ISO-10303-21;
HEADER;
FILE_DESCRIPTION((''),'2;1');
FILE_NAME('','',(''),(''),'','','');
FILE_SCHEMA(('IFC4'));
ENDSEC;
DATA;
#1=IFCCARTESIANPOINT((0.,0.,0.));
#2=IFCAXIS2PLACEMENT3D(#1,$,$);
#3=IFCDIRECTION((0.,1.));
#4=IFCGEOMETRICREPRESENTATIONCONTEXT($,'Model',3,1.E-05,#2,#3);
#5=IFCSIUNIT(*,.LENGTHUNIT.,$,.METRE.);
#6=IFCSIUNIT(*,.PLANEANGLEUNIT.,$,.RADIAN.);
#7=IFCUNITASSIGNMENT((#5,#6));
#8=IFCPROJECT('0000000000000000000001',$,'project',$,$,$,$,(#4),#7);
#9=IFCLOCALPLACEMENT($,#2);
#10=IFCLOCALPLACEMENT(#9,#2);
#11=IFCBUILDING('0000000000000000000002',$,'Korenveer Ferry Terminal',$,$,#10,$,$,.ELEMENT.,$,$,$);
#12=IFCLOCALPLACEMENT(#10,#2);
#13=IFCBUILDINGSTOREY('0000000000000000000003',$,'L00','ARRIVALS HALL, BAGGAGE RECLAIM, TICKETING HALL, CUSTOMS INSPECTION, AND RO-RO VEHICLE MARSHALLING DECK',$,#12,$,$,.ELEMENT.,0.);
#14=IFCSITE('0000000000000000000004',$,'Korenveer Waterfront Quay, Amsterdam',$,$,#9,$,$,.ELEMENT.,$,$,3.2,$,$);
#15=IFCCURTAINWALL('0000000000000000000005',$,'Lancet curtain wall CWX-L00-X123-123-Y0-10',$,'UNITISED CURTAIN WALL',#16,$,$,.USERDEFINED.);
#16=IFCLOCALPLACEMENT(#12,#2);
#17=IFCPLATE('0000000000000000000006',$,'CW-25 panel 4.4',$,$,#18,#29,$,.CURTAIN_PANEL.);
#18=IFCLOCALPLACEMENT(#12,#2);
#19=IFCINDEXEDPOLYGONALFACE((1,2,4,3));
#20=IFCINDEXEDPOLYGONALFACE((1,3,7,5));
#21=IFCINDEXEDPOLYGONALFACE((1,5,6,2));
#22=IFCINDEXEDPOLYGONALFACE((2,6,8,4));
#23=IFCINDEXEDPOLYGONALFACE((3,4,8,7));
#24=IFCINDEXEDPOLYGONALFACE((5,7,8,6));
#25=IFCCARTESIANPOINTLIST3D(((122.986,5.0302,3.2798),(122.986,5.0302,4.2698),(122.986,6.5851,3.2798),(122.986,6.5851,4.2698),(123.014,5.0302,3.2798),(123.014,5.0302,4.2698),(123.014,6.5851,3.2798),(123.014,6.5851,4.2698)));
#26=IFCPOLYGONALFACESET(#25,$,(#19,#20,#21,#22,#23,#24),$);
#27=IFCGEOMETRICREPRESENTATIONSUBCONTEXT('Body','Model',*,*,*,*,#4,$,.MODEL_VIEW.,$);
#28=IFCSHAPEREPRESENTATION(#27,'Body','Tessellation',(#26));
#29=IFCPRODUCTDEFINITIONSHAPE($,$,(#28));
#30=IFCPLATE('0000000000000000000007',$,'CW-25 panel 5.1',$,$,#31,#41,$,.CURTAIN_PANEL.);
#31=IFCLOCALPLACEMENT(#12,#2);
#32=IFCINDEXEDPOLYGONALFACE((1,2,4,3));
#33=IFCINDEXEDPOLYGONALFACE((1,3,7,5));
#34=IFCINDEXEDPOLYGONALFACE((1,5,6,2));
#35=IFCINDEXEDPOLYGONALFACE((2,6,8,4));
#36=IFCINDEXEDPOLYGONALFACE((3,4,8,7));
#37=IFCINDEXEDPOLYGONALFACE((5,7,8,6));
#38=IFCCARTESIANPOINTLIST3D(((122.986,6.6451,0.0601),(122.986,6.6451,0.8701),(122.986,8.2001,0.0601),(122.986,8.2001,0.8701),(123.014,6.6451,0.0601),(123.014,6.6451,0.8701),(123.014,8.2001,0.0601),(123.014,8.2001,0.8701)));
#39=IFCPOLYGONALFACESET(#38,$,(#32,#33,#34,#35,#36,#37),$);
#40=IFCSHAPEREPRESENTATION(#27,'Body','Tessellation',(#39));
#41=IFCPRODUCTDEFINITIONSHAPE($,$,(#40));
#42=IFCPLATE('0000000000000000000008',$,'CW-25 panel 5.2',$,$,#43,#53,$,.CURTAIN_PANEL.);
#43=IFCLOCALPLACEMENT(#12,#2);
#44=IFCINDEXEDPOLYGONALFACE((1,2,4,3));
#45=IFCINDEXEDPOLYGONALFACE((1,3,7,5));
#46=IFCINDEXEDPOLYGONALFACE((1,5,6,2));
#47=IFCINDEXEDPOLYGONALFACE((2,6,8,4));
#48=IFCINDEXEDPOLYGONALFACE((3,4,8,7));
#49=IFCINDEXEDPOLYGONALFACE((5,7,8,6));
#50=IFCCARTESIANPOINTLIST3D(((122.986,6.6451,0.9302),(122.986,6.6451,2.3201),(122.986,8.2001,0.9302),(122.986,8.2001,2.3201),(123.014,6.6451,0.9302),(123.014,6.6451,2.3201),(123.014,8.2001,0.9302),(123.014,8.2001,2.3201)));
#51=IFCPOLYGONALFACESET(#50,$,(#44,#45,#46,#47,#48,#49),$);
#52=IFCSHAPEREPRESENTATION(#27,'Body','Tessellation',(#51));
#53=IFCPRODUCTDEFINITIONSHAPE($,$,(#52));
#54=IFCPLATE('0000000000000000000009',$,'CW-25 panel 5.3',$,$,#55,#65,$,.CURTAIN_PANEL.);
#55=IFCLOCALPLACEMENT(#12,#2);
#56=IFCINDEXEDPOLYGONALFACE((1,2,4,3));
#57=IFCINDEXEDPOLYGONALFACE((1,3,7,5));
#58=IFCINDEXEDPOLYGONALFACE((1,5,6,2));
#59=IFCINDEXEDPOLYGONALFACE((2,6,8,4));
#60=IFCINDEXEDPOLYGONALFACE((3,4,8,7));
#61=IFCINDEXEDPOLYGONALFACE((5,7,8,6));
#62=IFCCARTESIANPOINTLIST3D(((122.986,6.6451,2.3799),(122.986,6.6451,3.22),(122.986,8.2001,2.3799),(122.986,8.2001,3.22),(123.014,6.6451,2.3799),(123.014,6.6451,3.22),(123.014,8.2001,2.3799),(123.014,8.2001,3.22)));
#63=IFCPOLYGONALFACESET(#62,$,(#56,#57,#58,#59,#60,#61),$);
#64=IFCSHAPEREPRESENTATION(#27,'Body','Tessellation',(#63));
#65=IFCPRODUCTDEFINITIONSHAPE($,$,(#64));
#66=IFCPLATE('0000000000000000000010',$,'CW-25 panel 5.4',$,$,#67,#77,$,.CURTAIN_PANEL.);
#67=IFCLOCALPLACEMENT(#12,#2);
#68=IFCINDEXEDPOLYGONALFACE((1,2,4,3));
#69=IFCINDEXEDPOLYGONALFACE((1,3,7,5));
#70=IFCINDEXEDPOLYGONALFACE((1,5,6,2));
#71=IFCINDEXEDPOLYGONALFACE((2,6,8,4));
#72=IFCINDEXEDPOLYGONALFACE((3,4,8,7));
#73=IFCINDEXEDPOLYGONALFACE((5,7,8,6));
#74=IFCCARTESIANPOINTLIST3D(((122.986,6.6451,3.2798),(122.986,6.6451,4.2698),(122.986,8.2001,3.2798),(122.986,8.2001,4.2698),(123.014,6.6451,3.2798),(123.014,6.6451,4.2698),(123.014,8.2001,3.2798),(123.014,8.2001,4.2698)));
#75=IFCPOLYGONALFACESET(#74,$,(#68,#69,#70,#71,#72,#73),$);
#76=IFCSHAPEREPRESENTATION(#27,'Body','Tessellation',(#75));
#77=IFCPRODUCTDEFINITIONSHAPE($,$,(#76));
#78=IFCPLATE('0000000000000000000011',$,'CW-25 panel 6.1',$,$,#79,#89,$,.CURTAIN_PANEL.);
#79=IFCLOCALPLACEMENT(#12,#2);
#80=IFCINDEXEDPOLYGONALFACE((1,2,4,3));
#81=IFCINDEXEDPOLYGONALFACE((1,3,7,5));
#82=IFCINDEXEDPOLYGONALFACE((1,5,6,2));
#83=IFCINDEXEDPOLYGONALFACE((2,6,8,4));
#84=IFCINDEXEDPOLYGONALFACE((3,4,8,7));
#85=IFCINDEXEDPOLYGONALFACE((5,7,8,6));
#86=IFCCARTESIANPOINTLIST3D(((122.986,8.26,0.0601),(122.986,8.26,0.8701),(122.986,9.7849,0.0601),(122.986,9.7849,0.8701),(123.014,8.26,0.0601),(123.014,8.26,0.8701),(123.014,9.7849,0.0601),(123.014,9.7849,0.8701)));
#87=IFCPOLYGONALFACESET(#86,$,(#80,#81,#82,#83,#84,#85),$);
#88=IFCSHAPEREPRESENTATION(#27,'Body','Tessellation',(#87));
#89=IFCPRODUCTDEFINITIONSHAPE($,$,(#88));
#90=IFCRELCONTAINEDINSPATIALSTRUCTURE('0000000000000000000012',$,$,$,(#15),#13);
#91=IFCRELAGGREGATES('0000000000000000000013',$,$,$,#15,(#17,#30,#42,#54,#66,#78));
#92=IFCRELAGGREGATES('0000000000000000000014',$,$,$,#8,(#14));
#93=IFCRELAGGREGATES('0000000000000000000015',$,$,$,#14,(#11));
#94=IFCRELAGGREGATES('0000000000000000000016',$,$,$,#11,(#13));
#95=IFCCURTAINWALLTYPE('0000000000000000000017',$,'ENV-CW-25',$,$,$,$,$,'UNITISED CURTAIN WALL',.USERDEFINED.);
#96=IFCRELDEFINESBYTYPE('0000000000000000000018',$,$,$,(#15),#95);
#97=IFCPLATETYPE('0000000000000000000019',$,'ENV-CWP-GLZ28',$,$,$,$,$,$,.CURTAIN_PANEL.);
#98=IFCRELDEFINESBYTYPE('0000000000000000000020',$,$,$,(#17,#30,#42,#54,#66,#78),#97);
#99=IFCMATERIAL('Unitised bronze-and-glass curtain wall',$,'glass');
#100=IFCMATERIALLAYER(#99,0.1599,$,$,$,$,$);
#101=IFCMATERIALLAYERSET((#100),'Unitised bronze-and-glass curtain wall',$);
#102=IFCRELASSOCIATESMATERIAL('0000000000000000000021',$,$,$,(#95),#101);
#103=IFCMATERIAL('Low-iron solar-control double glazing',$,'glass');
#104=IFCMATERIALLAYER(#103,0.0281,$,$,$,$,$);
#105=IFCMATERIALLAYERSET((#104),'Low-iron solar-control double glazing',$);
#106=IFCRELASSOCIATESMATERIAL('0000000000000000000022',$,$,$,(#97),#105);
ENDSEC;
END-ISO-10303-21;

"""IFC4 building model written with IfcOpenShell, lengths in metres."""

from ifc_helpers import new_model, si_unit, direction, frame, origin, origin_2d, place, context, subcontext, project, spatial, rectangle, extrude, material, layer, layer_set, type_object, element, aggregate, save


model = new_model("IFC4")

# Units and contexts
model_context = context("Model", 3, precision=1e-05, world=origin(), true_north=direction((0.0, 1.0)))
body_context = subcontext(model_context, "Body", "Model", "MODEL_VIEW")
ifc_project = project(units=[si_unit("LENGTHUNIT", "METRE"), si_unit("PLANEANGLEUNIT", "RADIAN")], contexts=[model_context])

# Site, building, storey
site_placement = place(None, origin())
site = spatial("IfcSite", under=ifc_project, at=site_placement, Name="Korenveer Waterfront Quay, Amsterdam", CompositionType="ELEMENT", RefElevation=3.2)
building_placement = place(site_placement, origin())
building = spatial("IfcBuilding", under=site, at=building_placement, Name="Korenveer Ferry Terminal", CompositionType="ELEMENT")
storey_placement = place(building_placement, origin())
storey = spatial("IfcBuildingStorey", under=building, at=storey_placement, Name="L00", Description="ARRIVALS HALL, BAGGAGE RECLAIM, TICKETING HALL, CUSTOMS INSPECTION, AND RO-RO VEHICLE MARSHALLING DECK", CompositionType="ELEMENT", Elevation=0.0)

# Curtain wall, plates
ifc_material_1 = material(Name="Unitised bronze-and-glass curtain wall", Category="glass")
ifc_layer_1 = layer(ifc_material_1, 0.1599)
ifc_layer_set_1 = layer_set([ifc_layer_1], Name="Unitised bronze-and-glass curtain wall")
curtain_wall_type = type_object("IfcCurtainWallType", Name="ENV-CW-25", ElementType="UNITISED CURTAIN WALL", PredefinedType="USERDEFINED", material=ifc_layer_set_1)
curtain_wall_placement = place(storey_placement, frame((123.0, 0.155, 0.0)))
curtain_wall = element("IfcCurtainWall", 1, at=curtain_wall_placement, inside=storey, type_object=curtain_wall_type, Name="Lancet curtain wall CWX-L00-X123-123-Y0-10", ObjectType="UNITISED CURTAIN WALL", PredefinedType="USERDEFINED")
ifc_material_2 = material(Name="Low-iron solar-control double glazing", Category="glass")
ifc_layer_2 = layer(ifc_material_2, 0.0281)
ifc_layer_set_2 = layer_set([ifc_layer_2], Name="Low-iron solar-control double glazing")
plate_type = type_object("IfcPlateType", Name="ENV-CWP-GLZ28", PredefinedType="CURTAIN_PANEL", material=ifc_layer_set_2)
plate_1_placement = place(storey_placement, frame((123.0, 5.8076, 3.2798), z_axis=(0.0, 0.0, 1.0), x_axis=(0.0, 1.0, 0.0)))
plate_1 = element("IfcPlate", 2, at=plate_1_placement, type_object=plate_type, Name="CW-25 panel 4.4", PredefinedType="CURTAIN_PANEL", context=body_context, shape_type="SweptSolid", body=[
    extrude(rectangle(XDim=1.5549, YDim=0.0281, at=origin_2d()), origin(), (0.0, 0.0, 1.0), 0.99),
])
plate_2_placement = place(storey_placement, frame((123.0, 7.4226, 0.0601), z_axis=(0.0, 0.0, 1.0), x_axis=(0.0, 1.0, 0.0)))
plate_2 = element("IfcPlate", 3, at=plate_2_placement, type_object=plate_type, Name="CW-25 panel 5.1", PredefinedType="CURTAIN_PANEL", context=body_context, shape_type="SweptSolid", body=[
    extrude(rectangle(XDim=1.5549, YDim=0.0281, at=origin_2d()), origin(), (0.0, 0.0, 1.0), 0.8101),
])
plate_3_placement = place(storey_placement, frame((123.0, 7.4226, 0.9302), z_axis=(0.0, 0.0, 1.0), x_axis=(0.0, 1.0, 0.0)))
plate_3 = element("IfcPlate", 4, at=plate_3_placement, type_object=plate_type, Name="CW-25 panel 5.2", PredefinedType="CURTAIN_PANEL", context=body_context, shape_type="SweptSolid", body=[
    extrude(rectangle(XDim=1.5549, YDim=0.0281, at=origin_2d()), origin(), (0.0, 0.0, 1.0), 1.3899),
])
plate_4_placement = place(storey_placement, frame((123.0, 7.4226, 2.3799), z_axis=(0.0, 0.0, 1.0), x_axis=(0.0, 1.0, 0.0)))
plate_4 = element("IfcPlate", 5, at=plate_4_placement, type_object=plate_type, Name="CW-25 panel 5.3", PredefinedType="CURTAIN_PANEL", context=body_context, shape_type="SweptSolid", body=[
    extrude(rectangle(XDim=1.5549, YDim=0.0281, at=origin_2d()), origin(), (0.0, 0.0, 1.0), 0.8401),
])
plate_5_placement = place(storey_placement, frame((123.0, 7.4226, 3.2798), z_axis=(0.0, 0.0, 1.0), x_axis=(0.0, 1.0, 0.0)))
plate_5 = element("IfcPlate", 6, at=plate_5_placement, type_object=plate_type, Name="CW-25 panel 5.4", PredefinedType="CURTAIN_PANEL", context=body_context, shape_type="SweptSolid", body=[
    extrude(rectangle(XDim=1.5549, YDim=0.0281, at=origin_2d()), origin(), (0.0, 0.0, 1.0), 0.99),
])
plate_6_placement = place(storey_placement, frame((123.0, 9.0225, 0.0601), z_axis=(0.0, 0.0, 1.0), x_axis=(0.0, 1.0, 0.0)))
plate_6 = element("IfcPlate", 7, at=plate_6_placement, type_object=plate_type, Name="CW-25 panel 6.1", PredefinedType="CURTAIN_PANEL", context=body_context, shape_type="SweptSolid", body=[
    extrude(rectangle(XDim=1.5249, YDim=0.0281, at=origin_2d()), origin(), (0.0, 0.0, 1.0), 0.8101),
])
aggregate(curtain_wall, [plate_1, plate_2, plate_3, plate_4, plate_5, plate_6])

save(model, "model.ifc")
